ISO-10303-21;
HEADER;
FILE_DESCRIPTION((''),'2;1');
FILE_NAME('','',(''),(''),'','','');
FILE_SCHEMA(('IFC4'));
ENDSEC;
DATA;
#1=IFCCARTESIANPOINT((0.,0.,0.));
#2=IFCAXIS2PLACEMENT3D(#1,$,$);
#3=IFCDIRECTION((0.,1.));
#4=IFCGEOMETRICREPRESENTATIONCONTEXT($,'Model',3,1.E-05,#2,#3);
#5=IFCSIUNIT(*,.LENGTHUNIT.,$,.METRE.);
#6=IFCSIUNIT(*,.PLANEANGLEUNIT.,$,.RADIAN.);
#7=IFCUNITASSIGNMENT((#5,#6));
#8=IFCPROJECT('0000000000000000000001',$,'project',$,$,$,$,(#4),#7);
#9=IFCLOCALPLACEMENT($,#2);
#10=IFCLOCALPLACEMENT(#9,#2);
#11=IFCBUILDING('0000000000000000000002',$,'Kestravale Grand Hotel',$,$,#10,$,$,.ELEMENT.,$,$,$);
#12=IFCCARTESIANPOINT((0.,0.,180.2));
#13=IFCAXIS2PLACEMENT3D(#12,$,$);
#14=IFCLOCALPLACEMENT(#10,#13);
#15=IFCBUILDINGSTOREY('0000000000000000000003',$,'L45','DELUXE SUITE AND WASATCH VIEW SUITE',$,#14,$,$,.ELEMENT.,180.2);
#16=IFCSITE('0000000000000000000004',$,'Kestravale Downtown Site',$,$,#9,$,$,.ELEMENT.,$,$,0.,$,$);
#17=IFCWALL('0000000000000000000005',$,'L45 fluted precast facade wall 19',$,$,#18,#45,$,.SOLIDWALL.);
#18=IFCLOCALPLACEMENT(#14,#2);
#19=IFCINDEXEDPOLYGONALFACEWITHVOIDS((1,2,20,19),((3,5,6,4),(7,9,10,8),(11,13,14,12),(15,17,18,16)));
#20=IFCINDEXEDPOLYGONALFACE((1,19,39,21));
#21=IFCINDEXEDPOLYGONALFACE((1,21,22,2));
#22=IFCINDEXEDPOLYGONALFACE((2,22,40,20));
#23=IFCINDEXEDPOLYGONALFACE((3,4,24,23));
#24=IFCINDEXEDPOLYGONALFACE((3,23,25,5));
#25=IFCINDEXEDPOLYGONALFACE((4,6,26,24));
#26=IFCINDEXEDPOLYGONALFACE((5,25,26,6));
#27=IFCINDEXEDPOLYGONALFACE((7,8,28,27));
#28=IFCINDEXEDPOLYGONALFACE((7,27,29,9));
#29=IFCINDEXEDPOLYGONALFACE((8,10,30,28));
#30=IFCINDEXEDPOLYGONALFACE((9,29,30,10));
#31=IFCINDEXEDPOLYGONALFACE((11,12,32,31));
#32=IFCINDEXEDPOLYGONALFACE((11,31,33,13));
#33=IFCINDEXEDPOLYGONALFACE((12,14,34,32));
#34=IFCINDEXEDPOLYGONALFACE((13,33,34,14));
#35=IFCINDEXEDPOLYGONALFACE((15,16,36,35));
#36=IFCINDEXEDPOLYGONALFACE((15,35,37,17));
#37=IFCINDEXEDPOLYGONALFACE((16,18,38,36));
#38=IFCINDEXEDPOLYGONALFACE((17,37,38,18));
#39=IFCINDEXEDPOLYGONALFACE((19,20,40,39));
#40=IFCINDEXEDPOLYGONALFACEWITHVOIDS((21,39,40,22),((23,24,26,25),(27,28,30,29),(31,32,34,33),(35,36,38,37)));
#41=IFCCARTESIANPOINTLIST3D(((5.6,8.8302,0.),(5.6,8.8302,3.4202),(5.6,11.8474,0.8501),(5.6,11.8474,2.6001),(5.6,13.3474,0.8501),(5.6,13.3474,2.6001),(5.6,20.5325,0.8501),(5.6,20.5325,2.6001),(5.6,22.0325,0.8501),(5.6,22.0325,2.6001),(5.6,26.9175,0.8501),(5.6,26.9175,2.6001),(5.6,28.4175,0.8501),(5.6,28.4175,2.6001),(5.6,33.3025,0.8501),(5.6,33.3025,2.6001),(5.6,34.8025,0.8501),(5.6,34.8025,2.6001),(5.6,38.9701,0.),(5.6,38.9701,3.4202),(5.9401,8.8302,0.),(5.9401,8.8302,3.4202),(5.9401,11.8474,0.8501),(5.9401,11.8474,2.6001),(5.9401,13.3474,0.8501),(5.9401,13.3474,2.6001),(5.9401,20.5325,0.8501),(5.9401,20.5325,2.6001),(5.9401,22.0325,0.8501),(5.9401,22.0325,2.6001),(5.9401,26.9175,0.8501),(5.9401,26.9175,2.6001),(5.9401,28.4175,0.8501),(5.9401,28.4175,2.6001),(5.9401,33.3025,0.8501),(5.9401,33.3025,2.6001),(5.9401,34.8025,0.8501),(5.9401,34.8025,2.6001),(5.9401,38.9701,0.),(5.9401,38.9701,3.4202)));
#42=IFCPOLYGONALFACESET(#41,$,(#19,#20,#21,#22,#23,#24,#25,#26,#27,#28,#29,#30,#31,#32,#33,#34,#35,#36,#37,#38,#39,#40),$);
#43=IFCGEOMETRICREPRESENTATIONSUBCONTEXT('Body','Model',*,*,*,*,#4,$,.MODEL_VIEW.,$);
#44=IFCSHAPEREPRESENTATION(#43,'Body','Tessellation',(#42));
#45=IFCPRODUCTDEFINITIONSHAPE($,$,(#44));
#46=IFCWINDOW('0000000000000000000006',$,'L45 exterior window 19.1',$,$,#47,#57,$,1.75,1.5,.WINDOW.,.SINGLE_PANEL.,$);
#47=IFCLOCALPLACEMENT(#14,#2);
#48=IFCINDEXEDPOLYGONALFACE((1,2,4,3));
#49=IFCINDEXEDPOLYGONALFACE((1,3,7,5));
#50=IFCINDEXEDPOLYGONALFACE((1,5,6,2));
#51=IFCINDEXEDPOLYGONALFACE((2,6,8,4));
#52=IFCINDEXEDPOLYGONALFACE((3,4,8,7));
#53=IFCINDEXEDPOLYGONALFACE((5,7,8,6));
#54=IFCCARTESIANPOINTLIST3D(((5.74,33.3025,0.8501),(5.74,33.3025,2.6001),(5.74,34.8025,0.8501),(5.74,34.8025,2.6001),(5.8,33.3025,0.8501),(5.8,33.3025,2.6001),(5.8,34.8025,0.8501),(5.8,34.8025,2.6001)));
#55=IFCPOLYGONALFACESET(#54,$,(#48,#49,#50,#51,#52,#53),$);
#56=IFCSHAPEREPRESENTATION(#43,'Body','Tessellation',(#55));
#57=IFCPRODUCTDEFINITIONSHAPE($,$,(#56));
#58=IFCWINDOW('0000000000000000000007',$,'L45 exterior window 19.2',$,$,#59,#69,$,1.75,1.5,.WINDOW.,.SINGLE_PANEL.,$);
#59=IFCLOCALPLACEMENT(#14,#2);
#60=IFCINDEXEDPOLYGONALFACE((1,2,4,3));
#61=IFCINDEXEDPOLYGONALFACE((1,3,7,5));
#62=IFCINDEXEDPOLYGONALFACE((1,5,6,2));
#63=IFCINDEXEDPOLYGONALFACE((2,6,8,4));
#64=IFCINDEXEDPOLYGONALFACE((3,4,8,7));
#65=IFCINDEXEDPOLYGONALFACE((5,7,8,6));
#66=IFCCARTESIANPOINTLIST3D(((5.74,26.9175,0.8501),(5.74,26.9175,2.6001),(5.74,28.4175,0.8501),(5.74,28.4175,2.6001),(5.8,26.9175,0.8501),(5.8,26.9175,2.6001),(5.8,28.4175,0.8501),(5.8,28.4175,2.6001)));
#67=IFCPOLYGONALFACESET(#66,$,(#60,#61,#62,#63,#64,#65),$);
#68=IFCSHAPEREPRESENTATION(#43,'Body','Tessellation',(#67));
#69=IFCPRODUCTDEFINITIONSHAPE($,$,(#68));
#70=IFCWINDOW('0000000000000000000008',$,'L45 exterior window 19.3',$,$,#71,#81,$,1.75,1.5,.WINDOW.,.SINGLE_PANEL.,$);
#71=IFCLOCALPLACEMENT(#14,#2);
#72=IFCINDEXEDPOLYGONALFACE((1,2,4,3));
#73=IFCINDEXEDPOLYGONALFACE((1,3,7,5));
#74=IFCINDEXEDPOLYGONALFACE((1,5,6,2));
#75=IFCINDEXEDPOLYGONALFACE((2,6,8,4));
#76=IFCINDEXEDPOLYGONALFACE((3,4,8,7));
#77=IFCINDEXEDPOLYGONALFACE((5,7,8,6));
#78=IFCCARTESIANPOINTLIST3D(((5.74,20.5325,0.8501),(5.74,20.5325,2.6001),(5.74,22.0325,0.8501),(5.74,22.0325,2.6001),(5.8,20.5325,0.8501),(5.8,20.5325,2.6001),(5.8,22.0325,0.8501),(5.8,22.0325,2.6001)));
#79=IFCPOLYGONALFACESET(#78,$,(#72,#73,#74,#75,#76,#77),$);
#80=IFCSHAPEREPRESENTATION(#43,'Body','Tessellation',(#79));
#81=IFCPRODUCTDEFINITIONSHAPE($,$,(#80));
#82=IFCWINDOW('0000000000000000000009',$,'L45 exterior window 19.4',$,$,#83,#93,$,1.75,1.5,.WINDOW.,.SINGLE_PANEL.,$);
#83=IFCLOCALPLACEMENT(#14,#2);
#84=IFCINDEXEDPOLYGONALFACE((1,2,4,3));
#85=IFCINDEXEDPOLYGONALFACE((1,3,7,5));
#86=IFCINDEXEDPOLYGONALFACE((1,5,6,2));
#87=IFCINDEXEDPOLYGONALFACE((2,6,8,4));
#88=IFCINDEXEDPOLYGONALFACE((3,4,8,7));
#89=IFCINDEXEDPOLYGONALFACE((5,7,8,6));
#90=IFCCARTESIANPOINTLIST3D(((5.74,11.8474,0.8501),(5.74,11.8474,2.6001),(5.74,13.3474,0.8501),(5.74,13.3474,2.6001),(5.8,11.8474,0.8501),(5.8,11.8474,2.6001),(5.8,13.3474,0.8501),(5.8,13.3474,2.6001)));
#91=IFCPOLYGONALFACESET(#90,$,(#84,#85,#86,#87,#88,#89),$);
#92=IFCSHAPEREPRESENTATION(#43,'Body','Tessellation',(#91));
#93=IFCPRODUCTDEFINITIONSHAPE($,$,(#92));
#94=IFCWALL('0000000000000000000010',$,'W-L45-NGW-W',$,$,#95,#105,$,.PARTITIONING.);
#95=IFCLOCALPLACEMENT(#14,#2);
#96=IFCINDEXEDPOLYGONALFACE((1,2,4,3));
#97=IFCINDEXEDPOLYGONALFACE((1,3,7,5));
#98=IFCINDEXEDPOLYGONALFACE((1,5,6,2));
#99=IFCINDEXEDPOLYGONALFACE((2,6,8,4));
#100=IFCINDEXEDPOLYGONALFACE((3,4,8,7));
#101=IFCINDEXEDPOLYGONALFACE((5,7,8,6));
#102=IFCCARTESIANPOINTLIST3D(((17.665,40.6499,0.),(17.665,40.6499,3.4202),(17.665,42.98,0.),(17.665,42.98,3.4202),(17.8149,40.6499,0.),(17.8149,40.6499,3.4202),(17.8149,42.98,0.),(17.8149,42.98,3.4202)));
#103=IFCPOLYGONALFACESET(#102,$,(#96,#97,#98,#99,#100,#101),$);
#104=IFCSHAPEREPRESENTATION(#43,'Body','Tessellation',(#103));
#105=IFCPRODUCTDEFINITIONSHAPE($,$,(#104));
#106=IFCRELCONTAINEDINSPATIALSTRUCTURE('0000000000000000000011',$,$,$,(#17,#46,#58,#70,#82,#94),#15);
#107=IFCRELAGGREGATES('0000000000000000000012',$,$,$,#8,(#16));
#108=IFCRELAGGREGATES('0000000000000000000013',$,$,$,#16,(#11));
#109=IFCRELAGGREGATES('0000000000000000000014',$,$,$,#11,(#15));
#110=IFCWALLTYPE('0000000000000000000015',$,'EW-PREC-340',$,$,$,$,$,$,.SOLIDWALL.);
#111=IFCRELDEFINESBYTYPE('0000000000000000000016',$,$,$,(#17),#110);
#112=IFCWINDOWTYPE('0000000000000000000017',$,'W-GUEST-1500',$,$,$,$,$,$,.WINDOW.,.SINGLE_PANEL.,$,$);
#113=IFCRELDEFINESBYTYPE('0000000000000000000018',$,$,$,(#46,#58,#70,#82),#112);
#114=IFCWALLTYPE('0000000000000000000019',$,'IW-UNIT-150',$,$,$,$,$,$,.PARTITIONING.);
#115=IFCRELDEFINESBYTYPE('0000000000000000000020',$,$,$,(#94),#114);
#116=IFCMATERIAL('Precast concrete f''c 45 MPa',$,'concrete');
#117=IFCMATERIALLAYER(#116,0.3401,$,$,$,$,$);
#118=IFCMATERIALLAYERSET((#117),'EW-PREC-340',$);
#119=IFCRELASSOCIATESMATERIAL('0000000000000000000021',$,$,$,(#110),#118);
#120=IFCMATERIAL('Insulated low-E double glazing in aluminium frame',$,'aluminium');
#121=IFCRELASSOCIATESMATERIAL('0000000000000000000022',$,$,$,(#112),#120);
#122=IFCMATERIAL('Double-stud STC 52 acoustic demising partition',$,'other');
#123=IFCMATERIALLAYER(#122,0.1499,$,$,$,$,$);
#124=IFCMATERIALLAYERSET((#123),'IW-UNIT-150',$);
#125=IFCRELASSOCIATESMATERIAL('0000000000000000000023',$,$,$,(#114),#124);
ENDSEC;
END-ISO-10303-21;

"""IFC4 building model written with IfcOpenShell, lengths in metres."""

from ifc_helpers import new_model, si_unit, direction, frame, frame_2d, origin, place, context, subcontext, project, spatial, rectangle, extrude, material, layer, layer_set, type_object, element, fill, save


model = new_model("IFC4")

# Units and contexts
model_context = context("Model", 3, precision=1e-05, world=origin(), true_north=direction((0.0, 1.0)))
body_context = subcontext(model_context, "Body", "Model", "MODEL_VIEW")
ifc_project = project(units=[si_unit("LENGTHUNIT", "METRE"), si_unit("PLANEANGLEUNIT", "RADIAN")], contexts=[model_context])

# Site, building, storey
site_placement = place(None, origin())
site = spatial("IfcSite", under=ifc_project, at=site_placement, Name="Kestravale Downtown Site", CompositionType="ELEMENT", RefElevation=0.0)
building_placement = place(site_placement, origin())
building = spatial("IfcBuilding", under=site, at=building_placement, Name="Kestravale Grand Hotel", CompositionType="ELEMENT")
storey_placement = place(building_placement, frame((0.0, 0.0, 180.2)))
storey = spatial("IfcBuildingStorey", under=building, at=storey_placement, Name="L45", Description="DELUXE SUITE AND WASATCH VIEW SUITE", CompositionType="ELEMENT", Elevation=180.2)

# Wall, openings, windows
ifc_material_1 = material(Name="Precast concrete f'c 45 MPa", Category="concrete")
ifc_layer_1 = layer(ifc_material_1, 0.3401)
ifc_layer_set_1 = layer_set([ifc_layer_1], Name="EW-PREC-340")
wall_type_1 = type_object("IfcWallType", Name="EW-PREC-340", PredefinedType="SOLIDWALL", material=ifc_layer_set_1)
wall_1_placement = place(storey_placement, frame((5.77, 38.97, 0.0), z_axis=(0.0, 0.0, 1.0), x_axis=(0.0, -1.0, 0.0)))
wall_1 = element("IfcWall", 1, at=wall_1_placement, inside=storey, type_object=wall_type_1, Name="L45 fluted precast facade wall 19", PredefinedType="SOLIDWALL", context=body_context, shape_type="SweptSolid", body=[
    extrude(rectangle(XDim=30.1399, YDim=0.3401, at=frame_2d((15.0698, 0.0))), origin(), (0.0, 0.0, 1.0), 3.4202),
])
opening_1_placement = place(wall_1_placement, frame((4.1675, 0.0, 0.8501)))
opening_1 = element("IfcOpeningElement", 2, at=opening_1_placement, cuts=wall_1, PredefinedType="OPENING", context=body_context, shape_type="SweptSolid", body=[
    extrude(rectangle(XDim=1.5, YDim=1.75, at=frame_2d((0.75, 0.875))), frame((0.0, 0.1799, 0.0), z_axis=(0.0, -1.0, 0.0), x_axis=(1.0, 0.0, 0.0)), (0.0, 0.0, 1.0), 0.3601),
])
opening_2_placement = place(wall_1_placement, frame((10.5525, 0.0, 0.8501)))
opening_2 = element("IfcOpeningElement", 3, at=opening_2_placement, cuts=wall_1, PredefinedType="OPENING", context=body_context, shape_type="SweptSolid", body=[
    extrude(rectangle(XDim=1.5, YDim=1.75, at=frame_2d((0.75, 0.875))), frame((0.0, 0.1799, 0.0), z_axis=(0.0, -1.0, 0.0), x_axis=(1.0, 0.0, 0.0)), (0.0, 0.0, 1.0), 0.3601),
])
opening_3_placement = place(wall_1_placement, frame((16.9375, 0.0, 0.8501)))
opening_3 = element("IfcOpeningElement", 4, at=opening_3_placement, cuts=wall_1, PredefinedType="OPENING", context=body_context, shape_type="SweptSolid", body=[
    extrude(rectangle(XDim=1.5, YDim=1.75, at=frame_2d((0.75, 0.875))), frame((0.0, 0.1799, 0.0), z_axis=(0.0, -1.0, 0.0), x_axis=(1.0, 0.0, 0.0)), (0.0, 0.0, 1.0), 0.3601),
])
opening_4_placement = place(wall_1_placement, frame((25.6226, 0.0, 0.8501)))
opening_4 = element("IfcOpeningElement", 5, at=opening_4_placement, cuts=wall_1, PredefinedType="OPENING", context=body_context, shape_type="SweptSolid", body=[
    extrude(rectangle(XDim=1.5, YDim=1.75, at=frame_2d((0.75, 0.875))), frame((0.0, 0.1799, 0.0), z_axis=(0.0, -1.0, 0.0), x_axis=(1.0, 0.0, 0.0)), (0.0, 0.0, 1.0), 0.3601),
])
ifc_material_2 = material(Name="Insulated low-E double glazing in aluminium frame", Category="aluminium")
window_type = type_object("IfcWindowType", Name="W-GUEST-1500", PartitioningType="SINGLE_PANEL", PredefinedType="WINDOW", material=ifc_material_2)
window_1_placement = place(opening_1_placement, origin())
window_1 = element("IfcWindow", 6, at=window_1_placement, inside=storey, type_object=window_type, Name="L45 exterior window 19.1", OverallHeight=1.75, OverallWidth=1.5, PartitioningType="SINGLE_PANEL", PredefinedType="WINDOW", context=body_context, shape_type="SweptSolid", body=[
    extrude(rectangle(XDim=1.5, YDim=1.75, at=frame_2d((0.75, 0.875))), frame((0.0, 0.03, 0.0), z_axis=(0.0, -1.0, 0.0), x_axis=(1.0, 0.0, 0.0)), (0.0, 0.0, 1.0), 0.0601),
])
fill(opening_1, window_1)
window_2_placement = place(opening_2_placement, origin())
window_2 = element("IfcWindow", 7, at=window_2_placement, inside=storey, type_object=window_type, Name="L45 exterior window 19.2", OverallHeight=1.75, OverallWidth=1.5, PartitioningType="SINGLE_PANEL", PredefinedType="WINDOW", context=body_context, shape_type="SweptSolid", body=[
    extrude(rectangle(XDim=1.5, YDim=1.75, at=frame_2d((0.75, 0.875))), frame((0.0, 0.03, 0.0), z_axis=(0.0, -1.0, 0.0), x_axis=(1.0, 0.0, 0.0)), (0.0, 0.0, 1.0), 0.0601),
])
fill(opening_2, window_2)
window_3_placement = place(opening_3_placement, origin())
window_3 = element("IfcWindow", 8, at=window_3_placement, inside=storey, type_object=window_type, Name="L45 exterior window 19.3", OverallHeight=1.75, OverallWidth=1.5, PartitioningType="SINGLE_PANEL", PredefinedType="WINDOW", context=body_context, shape_type="SweptSolid", body=[
    extrude(rectangle(XDim=1.5, YDim=1.75, at=frame_2d((0.75, 0.875))), frame((0.0, 0.03, 0.0), z_axis=(0.0, -1.0, 0.0), x_axis=(1.0, 0.0, 0.0)), (0.0, 0.0, 1.0), 0.0601),
])
fill(opening_3, window_3)
window_4_placement = place(opening_4_placement, origin())
window_4 = element("IfcWindow", 9, at=window_4_placement, inside=storey, type_object=window_type, Name="L45 exterior window 19.4", OverallHeight=1.75, OverallWidth=1.5, PartitioningType="SINGLE_PANEL", PredefinedType="WINDOW", context=body_context, shape_type="SweptSolid", body=[
    extrude(rectangle(XDim=1.5, YDim=1.75, at=frame_2d((0.75, 0.875))), frame((0.0, 0.03, 0.0), z_axis=(0.0, -1.0, 0.0), x_axis=(1.0, 0.0, 0.0)), (0.0, 0.0, 1.0), 0.0601),
])
fill(opening_4, window_4)

# Shared definitions
ifc_material_3 = material(Name="Double-stud STC 52 acoustic demising partition", Category="other")
ifc_layer_2 = layer(ifc_material_3, 0.1499)
ifc_layer_set_2 = layer_set([ifc_layer_2], Name="IW-UNIT-150")
wall_type_2 = type_object("IfcWallType", Name="IW-UNIT-150", PredefinedType="PARTITIONING", material=ifc_layer_set_2)

# Wall
wall_2_placement = place(storey_placement, frame((17.74, 40.6499, 0.0), z_axis=(0.0, 0.0, 1.0), x_axis=(0.0, 1.0, 0.0)))
element("IfcWall", 10, at=wall_2_placement, inside=storey, type_object=wall_type_2, Name="W-L45-NGW-W", PredefinedType="PARTITIONING", context=body_context, shape_type="SweptSolid", body=[
    extrude(rectangle(XDim=2.3301, YDim=0.1499, at=frame_2d((1.165, 0.0))), origin(), (0.0, 0.0, 1.0), 3.4202),
])

save(model, "model.ifc")
